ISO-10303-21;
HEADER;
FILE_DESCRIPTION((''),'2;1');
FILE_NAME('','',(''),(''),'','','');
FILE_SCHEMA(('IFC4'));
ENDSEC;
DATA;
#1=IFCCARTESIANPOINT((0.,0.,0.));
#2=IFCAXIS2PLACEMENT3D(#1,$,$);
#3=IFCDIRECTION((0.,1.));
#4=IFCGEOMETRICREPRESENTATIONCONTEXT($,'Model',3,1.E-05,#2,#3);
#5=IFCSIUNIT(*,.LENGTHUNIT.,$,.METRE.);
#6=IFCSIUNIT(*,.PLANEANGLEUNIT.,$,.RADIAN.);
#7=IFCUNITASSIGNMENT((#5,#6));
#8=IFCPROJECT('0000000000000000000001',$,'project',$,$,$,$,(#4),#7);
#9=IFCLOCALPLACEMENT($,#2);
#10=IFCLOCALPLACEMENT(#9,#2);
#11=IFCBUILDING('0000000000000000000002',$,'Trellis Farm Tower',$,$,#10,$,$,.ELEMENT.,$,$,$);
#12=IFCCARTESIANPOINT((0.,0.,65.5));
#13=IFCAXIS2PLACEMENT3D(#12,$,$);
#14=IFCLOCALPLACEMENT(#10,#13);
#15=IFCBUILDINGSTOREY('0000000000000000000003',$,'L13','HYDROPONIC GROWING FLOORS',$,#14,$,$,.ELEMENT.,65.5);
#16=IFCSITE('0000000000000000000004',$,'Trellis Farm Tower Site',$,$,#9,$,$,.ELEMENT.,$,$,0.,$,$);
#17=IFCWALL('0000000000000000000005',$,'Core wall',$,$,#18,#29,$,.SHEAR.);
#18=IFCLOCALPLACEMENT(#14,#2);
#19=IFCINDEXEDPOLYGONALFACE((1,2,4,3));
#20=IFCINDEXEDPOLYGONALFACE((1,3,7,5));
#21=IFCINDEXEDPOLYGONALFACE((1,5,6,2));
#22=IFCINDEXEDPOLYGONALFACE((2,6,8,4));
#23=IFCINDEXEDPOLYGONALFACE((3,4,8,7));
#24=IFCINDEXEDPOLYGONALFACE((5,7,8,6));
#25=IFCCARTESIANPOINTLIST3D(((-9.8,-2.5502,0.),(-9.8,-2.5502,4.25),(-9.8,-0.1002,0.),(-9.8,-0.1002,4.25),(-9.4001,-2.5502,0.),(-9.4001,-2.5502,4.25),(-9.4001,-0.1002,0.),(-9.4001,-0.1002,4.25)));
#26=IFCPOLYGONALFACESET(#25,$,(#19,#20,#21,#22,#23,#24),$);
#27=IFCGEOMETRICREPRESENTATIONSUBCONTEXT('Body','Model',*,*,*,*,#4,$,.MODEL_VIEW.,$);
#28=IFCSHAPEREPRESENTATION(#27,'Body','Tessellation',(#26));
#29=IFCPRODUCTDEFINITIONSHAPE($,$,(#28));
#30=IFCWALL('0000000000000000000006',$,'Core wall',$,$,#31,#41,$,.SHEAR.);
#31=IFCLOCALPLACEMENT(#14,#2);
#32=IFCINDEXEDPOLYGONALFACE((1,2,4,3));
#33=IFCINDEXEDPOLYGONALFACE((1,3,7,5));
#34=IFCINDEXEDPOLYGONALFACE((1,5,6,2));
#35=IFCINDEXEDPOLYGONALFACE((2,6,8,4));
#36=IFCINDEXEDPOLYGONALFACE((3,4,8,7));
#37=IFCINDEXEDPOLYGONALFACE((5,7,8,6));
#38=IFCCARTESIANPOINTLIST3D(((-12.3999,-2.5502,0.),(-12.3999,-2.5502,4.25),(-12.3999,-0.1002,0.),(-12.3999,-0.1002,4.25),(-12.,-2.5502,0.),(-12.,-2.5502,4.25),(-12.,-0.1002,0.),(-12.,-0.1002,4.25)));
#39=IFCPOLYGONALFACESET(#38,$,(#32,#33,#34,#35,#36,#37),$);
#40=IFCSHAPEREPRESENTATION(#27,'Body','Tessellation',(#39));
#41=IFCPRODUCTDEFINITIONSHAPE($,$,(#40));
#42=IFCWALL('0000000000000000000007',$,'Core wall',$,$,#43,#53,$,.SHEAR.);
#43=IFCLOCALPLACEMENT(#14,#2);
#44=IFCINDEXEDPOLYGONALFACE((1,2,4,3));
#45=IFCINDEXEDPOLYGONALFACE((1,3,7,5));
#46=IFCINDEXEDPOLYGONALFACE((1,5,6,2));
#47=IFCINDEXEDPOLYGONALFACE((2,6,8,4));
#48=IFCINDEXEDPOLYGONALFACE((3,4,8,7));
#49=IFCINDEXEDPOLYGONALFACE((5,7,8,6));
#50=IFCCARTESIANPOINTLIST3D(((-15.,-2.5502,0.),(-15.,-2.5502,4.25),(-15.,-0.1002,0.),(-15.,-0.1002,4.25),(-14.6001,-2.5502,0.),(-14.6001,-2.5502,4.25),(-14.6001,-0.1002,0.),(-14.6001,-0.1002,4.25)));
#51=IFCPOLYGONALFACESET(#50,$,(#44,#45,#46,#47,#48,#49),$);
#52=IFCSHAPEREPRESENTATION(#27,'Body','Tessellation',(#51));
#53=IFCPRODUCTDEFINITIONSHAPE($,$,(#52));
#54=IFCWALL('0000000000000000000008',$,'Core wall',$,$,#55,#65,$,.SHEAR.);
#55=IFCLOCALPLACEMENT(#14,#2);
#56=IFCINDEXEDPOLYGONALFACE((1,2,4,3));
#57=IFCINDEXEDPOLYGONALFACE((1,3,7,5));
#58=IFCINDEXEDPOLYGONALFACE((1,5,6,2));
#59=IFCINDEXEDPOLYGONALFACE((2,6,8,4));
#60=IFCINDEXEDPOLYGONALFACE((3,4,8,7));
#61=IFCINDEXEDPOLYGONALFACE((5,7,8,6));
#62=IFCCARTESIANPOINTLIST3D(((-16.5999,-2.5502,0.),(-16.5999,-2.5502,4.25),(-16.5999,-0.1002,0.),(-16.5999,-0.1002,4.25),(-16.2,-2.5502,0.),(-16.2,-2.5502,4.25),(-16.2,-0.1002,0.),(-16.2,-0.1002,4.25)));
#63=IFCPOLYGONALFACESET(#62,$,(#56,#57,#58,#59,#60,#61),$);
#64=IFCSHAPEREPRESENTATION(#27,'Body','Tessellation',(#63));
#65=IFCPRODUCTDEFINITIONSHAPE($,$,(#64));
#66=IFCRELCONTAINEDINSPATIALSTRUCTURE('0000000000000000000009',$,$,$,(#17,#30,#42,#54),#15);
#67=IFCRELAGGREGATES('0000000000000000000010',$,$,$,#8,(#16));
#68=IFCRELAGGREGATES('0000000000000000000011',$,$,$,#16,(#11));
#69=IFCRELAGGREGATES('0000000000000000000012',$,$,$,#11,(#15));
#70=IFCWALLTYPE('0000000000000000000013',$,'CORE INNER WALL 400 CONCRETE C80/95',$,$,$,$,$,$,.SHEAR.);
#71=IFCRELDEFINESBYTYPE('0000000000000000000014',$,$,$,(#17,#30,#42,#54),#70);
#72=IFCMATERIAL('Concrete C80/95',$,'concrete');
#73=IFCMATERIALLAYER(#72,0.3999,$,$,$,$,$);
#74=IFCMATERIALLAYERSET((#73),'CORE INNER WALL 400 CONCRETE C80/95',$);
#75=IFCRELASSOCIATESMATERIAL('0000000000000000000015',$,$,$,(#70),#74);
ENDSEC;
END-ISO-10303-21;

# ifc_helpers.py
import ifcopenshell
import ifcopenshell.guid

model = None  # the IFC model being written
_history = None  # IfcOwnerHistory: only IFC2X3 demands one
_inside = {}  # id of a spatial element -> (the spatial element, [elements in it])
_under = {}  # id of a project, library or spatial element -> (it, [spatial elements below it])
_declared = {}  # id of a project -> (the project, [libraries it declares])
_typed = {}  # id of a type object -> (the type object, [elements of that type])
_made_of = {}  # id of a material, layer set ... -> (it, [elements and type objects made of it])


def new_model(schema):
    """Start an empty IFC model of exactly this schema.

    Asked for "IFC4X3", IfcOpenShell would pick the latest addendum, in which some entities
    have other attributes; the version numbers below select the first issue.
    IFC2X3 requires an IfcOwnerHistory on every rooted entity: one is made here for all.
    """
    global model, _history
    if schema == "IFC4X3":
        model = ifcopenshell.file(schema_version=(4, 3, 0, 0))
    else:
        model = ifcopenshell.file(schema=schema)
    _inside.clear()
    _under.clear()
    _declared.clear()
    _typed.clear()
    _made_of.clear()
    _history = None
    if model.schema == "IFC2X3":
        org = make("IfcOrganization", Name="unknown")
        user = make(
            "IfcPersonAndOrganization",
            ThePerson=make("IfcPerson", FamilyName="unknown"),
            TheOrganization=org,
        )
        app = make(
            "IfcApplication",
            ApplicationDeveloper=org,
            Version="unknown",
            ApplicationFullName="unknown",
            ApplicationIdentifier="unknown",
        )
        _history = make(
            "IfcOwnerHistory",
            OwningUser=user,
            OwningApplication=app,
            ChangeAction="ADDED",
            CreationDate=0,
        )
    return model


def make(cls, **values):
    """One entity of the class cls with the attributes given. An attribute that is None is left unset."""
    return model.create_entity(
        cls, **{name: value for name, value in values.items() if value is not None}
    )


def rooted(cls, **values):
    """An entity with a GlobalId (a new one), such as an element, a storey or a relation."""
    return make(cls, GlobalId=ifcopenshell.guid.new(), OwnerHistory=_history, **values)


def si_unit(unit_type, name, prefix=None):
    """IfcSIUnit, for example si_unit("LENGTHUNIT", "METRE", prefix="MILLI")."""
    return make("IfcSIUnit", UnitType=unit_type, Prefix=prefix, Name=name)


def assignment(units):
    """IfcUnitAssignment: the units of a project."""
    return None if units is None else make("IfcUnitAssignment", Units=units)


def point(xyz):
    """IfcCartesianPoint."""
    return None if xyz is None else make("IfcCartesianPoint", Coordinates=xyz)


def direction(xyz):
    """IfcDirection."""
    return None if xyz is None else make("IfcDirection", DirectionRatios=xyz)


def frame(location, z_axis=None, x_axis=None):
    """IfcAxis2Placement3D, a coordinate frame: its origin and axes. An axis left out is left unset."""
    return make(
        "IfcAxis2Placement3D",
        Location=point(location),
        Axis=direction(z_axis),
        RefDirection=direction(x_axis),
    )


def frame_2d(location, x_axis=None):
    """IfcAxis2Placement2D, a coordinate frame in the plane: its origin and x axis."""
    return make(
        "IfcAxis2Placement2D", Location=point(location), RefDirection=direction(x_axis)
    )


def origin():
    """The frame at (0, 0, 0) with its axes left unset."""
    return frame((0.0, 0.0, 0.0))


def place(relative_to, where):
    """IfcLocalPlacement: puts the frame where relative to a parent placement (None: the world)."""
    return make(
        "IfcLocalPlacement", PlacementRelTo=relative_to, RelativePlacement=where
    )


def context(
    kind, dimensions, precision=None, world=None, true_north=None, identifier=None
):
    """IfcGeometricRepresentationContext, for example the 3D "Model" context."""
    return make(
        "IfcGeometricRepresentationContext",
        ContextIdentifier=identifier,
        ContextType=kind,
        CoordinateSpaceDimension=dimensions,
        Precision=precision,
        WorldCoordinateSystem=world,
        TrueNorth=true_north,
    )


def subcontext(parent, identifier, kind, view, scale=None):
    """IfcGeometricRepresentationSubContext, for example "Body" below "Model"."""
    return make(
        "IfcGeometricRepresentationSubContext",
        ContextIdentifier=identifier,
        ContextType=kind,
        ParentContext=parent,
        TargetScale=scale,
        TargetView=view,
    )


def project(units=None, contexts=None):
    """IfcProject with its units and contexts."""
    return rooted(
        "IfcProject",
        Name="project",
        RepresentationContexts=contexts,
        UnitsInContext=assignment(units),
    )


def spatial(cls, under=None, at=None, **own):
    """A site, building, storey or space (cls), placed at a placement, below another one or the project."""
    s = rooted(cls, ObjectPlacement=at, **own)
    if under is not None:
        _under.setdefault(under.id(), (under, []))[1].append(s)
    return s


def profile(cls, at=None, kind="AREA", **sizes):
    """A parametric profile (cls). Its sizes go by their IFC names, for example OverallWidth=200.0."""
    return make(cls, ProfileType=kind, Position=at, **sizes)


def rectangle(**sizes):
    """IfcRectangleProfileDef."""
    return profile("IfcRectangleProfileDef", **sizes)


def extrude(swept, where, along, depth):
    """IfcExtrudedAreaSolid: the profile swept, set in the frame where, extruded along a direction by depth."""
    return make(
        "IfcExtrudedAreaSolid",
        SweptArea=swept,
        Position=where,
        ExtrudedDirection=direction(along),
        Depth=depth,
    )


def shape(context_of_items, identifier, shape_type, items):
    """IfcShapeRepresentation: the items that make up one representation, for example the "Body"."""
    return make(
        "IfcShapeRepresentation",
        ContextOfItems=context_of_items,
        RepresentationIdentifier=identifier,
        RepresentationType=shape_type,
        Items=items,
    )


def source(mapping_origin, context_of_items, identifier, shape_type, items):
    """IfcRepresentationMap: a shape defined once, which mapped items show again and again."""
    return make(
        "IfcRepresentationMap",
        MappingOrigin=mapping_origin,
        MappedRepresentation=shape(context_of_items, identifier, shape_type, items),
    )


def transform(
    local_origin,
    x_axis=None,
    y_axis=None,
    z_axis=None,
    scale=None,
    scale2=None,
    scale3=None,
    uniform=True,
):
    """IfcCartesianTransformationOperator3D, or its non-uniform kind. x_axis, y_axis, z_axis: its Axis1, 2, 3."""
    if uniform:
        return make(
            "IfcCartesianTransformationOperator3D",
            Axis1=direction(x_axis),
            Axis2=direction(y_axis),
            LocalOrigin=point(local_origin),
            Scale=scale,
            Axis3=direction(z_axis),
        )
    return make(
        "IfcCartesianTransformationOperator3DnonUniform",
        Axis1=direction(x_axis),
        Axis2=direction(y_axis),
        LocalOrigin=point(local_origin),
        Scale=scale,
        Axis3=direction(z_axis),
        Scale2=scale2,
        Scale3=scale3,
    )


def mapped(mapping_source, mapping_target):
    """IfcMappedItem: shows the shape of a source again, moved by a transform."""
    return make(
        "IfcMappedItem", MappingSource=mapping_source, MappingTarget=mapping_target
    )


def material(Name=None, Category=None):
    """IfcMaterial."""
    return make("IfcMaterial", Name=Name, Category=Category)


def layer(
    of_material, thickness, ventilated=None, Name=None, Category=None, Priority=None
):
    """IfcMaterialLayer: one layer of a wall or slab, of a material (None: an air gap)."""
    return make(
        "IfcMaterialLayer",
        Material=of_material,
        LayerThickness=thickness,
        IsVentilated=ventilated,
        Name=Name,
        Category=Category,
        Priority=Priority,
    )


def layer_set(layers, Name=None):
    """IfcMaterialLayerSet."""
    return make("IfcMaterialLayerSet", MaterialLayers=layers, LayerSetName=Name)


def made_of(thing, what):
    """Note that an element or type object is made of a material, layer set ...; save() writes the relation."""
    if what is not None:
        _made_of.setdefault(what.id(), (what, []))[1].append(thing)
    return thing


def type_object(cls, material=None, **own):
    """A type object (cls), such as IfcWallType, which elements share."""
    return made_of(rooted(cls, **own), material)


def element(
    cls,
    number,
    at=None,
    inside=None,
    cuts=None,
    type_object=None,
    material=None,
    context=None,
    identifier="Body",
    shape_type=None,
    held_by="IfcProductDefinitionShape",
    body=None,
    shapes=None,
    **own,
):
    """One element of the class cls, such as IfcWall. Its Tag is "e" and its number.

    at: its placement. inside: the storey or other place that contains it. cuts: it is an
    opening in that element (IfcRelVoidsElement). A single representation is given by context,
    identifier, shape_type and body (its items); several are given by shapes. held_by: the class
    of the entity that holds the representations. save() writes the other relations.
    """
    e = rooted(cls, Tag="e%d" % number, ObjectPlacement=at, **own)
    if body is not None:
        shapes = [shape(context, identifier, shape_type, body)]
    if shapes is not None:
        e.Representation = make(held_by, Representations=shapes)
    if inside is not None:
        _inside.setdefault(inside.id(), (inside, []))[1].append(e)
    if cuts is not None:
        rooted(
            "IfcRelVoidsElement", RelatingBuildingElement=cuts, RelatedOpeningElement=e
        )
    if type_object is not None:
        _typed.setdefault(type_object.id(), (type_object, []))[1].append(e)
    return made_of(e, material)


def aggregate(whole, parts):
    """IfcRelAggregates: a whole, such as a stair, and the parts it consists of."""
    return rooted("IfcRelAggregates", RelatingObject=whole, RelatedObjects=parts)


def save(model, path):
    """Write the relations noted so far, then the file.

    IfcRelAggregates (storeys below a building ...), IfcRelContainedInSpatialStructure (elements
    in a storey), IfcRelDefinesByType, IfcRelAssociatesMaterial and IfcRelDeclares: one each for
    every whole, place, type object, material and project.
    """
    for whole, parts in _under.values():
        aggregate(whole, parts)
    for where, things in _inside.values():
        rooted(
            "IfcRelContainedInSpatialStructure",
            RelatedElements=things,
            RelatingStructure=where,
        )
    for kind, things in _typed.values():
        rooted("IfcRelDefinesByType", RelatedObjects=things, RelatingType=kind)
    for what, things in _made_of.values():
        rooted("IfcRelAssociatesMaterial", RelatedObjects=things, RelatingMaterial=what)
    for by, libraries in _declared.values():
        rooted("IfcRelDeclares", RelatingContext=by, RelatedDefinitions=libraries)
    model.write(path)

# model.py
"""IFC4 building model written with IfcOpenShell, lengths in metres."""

from ifc_helpers import new_model, si_unit, direction, frame, frame_2d, origin, place, context, subcontext, project, spatial, rectangle, extrude, source, transform, mapped, material, layer, layer_set, type_object, element, save


model = new_model("IFC4")

# Units and contexts
model_context = context("Model", 3, precision=1e-05, world=origin(), true_north=direction((0.0, 1.0)))
body_context = subcontext(model_context, "Body", "Model", "MODEL_VIEW")
ifc_project = project(units=[si_unit("LENGTHUNIT", "METRE"), si_unit("PLANEANGLEUNIT", "RADIAN")], contexts=[model_context])

# Site, building, storey
site_placement = place(None, origin())
site = spatial("IfcSite", under=ifc_project, at=site_placement, Name="Trellis Farm Tower Site", CompositionType="ELEMENT", RefElevation=0.0)
building_placement = place(site_placement, origin())
building = spatial("IfcBuilding", under=site, at=building_placement, Name="Trellis Farm Tower", CompositionType="ELEMENT")
storey_placement = place(building_placement, frame((0.0, 0.0, 65.5)))
storey = spatial("IfcBuildingStorey", under=building, at=storey_placement, Name="L13", Description="HYDROPONIC GROWING FLOORS", CompositionType="ELEMENT", Elevation=65.5)

# Shared definitions
ifc_material_1 = material(Name="Concrete C80/95", Category="concrete")

# Walls
ifc_layer_1 = layer(ifc_material_1, 0.3999)
ifc_layer_set_1 = layer_set([ifc_layer_1], Name="CORE INNER WALL 400 CONCRETE C80/95")
wall_type_1 = type_object("IfcWallType", Name="CORE INNER WALL 400 CONCRETE C80/95", PredefinedType="SHEAR", material=ifc_layer_set_1)
shared_shape_1 = source(origin(), body_context, "Body", "SweptSolid", [
    extrude(rectangle(XDim=2.45, YDim=0.3999, at=frame_2d((1.2251, 0.0))), origin(), (0.0, 0.0, 1.0), 4.25),
])
for number, where, z_axis, x_axis, name in (
    (1, (-9.6001, -0.1001, 0.0), (0.0, 0.0, 1.0), (0.0, -1.0, 0.0), "Core wall"),
    (2, (-12.2, -0.1001, 0.0), (0.0, 0.0, 1.0), (0.0, -1.0, 0.0), "Core wall"),
    (3, (-14.8, -0.1001, 0.0), (0.0, 0.0, 1.0), (0.0, -1.0, 0.0), "Core wall"),
    (4, (-16.3999, -0.1001, 0.0), (0.0, 0.0, 1.0), (0.0, -1.0, 0.0), "Core wall"),
):
    element("IfcWall", number, at=place(storey_placement, frame(where, z_axis=z_axis, x_axis=x_axis)), inside=storey, type_object=wall_type_1, Name=name, PredefinedType="SHEAR", context=body_context, shape_type="MappedRepresentation", body=[
        mapped(shared_shape_1, transform((0.0, 0.0, 0.0))),
    ])

save(model, "model.ifc")
